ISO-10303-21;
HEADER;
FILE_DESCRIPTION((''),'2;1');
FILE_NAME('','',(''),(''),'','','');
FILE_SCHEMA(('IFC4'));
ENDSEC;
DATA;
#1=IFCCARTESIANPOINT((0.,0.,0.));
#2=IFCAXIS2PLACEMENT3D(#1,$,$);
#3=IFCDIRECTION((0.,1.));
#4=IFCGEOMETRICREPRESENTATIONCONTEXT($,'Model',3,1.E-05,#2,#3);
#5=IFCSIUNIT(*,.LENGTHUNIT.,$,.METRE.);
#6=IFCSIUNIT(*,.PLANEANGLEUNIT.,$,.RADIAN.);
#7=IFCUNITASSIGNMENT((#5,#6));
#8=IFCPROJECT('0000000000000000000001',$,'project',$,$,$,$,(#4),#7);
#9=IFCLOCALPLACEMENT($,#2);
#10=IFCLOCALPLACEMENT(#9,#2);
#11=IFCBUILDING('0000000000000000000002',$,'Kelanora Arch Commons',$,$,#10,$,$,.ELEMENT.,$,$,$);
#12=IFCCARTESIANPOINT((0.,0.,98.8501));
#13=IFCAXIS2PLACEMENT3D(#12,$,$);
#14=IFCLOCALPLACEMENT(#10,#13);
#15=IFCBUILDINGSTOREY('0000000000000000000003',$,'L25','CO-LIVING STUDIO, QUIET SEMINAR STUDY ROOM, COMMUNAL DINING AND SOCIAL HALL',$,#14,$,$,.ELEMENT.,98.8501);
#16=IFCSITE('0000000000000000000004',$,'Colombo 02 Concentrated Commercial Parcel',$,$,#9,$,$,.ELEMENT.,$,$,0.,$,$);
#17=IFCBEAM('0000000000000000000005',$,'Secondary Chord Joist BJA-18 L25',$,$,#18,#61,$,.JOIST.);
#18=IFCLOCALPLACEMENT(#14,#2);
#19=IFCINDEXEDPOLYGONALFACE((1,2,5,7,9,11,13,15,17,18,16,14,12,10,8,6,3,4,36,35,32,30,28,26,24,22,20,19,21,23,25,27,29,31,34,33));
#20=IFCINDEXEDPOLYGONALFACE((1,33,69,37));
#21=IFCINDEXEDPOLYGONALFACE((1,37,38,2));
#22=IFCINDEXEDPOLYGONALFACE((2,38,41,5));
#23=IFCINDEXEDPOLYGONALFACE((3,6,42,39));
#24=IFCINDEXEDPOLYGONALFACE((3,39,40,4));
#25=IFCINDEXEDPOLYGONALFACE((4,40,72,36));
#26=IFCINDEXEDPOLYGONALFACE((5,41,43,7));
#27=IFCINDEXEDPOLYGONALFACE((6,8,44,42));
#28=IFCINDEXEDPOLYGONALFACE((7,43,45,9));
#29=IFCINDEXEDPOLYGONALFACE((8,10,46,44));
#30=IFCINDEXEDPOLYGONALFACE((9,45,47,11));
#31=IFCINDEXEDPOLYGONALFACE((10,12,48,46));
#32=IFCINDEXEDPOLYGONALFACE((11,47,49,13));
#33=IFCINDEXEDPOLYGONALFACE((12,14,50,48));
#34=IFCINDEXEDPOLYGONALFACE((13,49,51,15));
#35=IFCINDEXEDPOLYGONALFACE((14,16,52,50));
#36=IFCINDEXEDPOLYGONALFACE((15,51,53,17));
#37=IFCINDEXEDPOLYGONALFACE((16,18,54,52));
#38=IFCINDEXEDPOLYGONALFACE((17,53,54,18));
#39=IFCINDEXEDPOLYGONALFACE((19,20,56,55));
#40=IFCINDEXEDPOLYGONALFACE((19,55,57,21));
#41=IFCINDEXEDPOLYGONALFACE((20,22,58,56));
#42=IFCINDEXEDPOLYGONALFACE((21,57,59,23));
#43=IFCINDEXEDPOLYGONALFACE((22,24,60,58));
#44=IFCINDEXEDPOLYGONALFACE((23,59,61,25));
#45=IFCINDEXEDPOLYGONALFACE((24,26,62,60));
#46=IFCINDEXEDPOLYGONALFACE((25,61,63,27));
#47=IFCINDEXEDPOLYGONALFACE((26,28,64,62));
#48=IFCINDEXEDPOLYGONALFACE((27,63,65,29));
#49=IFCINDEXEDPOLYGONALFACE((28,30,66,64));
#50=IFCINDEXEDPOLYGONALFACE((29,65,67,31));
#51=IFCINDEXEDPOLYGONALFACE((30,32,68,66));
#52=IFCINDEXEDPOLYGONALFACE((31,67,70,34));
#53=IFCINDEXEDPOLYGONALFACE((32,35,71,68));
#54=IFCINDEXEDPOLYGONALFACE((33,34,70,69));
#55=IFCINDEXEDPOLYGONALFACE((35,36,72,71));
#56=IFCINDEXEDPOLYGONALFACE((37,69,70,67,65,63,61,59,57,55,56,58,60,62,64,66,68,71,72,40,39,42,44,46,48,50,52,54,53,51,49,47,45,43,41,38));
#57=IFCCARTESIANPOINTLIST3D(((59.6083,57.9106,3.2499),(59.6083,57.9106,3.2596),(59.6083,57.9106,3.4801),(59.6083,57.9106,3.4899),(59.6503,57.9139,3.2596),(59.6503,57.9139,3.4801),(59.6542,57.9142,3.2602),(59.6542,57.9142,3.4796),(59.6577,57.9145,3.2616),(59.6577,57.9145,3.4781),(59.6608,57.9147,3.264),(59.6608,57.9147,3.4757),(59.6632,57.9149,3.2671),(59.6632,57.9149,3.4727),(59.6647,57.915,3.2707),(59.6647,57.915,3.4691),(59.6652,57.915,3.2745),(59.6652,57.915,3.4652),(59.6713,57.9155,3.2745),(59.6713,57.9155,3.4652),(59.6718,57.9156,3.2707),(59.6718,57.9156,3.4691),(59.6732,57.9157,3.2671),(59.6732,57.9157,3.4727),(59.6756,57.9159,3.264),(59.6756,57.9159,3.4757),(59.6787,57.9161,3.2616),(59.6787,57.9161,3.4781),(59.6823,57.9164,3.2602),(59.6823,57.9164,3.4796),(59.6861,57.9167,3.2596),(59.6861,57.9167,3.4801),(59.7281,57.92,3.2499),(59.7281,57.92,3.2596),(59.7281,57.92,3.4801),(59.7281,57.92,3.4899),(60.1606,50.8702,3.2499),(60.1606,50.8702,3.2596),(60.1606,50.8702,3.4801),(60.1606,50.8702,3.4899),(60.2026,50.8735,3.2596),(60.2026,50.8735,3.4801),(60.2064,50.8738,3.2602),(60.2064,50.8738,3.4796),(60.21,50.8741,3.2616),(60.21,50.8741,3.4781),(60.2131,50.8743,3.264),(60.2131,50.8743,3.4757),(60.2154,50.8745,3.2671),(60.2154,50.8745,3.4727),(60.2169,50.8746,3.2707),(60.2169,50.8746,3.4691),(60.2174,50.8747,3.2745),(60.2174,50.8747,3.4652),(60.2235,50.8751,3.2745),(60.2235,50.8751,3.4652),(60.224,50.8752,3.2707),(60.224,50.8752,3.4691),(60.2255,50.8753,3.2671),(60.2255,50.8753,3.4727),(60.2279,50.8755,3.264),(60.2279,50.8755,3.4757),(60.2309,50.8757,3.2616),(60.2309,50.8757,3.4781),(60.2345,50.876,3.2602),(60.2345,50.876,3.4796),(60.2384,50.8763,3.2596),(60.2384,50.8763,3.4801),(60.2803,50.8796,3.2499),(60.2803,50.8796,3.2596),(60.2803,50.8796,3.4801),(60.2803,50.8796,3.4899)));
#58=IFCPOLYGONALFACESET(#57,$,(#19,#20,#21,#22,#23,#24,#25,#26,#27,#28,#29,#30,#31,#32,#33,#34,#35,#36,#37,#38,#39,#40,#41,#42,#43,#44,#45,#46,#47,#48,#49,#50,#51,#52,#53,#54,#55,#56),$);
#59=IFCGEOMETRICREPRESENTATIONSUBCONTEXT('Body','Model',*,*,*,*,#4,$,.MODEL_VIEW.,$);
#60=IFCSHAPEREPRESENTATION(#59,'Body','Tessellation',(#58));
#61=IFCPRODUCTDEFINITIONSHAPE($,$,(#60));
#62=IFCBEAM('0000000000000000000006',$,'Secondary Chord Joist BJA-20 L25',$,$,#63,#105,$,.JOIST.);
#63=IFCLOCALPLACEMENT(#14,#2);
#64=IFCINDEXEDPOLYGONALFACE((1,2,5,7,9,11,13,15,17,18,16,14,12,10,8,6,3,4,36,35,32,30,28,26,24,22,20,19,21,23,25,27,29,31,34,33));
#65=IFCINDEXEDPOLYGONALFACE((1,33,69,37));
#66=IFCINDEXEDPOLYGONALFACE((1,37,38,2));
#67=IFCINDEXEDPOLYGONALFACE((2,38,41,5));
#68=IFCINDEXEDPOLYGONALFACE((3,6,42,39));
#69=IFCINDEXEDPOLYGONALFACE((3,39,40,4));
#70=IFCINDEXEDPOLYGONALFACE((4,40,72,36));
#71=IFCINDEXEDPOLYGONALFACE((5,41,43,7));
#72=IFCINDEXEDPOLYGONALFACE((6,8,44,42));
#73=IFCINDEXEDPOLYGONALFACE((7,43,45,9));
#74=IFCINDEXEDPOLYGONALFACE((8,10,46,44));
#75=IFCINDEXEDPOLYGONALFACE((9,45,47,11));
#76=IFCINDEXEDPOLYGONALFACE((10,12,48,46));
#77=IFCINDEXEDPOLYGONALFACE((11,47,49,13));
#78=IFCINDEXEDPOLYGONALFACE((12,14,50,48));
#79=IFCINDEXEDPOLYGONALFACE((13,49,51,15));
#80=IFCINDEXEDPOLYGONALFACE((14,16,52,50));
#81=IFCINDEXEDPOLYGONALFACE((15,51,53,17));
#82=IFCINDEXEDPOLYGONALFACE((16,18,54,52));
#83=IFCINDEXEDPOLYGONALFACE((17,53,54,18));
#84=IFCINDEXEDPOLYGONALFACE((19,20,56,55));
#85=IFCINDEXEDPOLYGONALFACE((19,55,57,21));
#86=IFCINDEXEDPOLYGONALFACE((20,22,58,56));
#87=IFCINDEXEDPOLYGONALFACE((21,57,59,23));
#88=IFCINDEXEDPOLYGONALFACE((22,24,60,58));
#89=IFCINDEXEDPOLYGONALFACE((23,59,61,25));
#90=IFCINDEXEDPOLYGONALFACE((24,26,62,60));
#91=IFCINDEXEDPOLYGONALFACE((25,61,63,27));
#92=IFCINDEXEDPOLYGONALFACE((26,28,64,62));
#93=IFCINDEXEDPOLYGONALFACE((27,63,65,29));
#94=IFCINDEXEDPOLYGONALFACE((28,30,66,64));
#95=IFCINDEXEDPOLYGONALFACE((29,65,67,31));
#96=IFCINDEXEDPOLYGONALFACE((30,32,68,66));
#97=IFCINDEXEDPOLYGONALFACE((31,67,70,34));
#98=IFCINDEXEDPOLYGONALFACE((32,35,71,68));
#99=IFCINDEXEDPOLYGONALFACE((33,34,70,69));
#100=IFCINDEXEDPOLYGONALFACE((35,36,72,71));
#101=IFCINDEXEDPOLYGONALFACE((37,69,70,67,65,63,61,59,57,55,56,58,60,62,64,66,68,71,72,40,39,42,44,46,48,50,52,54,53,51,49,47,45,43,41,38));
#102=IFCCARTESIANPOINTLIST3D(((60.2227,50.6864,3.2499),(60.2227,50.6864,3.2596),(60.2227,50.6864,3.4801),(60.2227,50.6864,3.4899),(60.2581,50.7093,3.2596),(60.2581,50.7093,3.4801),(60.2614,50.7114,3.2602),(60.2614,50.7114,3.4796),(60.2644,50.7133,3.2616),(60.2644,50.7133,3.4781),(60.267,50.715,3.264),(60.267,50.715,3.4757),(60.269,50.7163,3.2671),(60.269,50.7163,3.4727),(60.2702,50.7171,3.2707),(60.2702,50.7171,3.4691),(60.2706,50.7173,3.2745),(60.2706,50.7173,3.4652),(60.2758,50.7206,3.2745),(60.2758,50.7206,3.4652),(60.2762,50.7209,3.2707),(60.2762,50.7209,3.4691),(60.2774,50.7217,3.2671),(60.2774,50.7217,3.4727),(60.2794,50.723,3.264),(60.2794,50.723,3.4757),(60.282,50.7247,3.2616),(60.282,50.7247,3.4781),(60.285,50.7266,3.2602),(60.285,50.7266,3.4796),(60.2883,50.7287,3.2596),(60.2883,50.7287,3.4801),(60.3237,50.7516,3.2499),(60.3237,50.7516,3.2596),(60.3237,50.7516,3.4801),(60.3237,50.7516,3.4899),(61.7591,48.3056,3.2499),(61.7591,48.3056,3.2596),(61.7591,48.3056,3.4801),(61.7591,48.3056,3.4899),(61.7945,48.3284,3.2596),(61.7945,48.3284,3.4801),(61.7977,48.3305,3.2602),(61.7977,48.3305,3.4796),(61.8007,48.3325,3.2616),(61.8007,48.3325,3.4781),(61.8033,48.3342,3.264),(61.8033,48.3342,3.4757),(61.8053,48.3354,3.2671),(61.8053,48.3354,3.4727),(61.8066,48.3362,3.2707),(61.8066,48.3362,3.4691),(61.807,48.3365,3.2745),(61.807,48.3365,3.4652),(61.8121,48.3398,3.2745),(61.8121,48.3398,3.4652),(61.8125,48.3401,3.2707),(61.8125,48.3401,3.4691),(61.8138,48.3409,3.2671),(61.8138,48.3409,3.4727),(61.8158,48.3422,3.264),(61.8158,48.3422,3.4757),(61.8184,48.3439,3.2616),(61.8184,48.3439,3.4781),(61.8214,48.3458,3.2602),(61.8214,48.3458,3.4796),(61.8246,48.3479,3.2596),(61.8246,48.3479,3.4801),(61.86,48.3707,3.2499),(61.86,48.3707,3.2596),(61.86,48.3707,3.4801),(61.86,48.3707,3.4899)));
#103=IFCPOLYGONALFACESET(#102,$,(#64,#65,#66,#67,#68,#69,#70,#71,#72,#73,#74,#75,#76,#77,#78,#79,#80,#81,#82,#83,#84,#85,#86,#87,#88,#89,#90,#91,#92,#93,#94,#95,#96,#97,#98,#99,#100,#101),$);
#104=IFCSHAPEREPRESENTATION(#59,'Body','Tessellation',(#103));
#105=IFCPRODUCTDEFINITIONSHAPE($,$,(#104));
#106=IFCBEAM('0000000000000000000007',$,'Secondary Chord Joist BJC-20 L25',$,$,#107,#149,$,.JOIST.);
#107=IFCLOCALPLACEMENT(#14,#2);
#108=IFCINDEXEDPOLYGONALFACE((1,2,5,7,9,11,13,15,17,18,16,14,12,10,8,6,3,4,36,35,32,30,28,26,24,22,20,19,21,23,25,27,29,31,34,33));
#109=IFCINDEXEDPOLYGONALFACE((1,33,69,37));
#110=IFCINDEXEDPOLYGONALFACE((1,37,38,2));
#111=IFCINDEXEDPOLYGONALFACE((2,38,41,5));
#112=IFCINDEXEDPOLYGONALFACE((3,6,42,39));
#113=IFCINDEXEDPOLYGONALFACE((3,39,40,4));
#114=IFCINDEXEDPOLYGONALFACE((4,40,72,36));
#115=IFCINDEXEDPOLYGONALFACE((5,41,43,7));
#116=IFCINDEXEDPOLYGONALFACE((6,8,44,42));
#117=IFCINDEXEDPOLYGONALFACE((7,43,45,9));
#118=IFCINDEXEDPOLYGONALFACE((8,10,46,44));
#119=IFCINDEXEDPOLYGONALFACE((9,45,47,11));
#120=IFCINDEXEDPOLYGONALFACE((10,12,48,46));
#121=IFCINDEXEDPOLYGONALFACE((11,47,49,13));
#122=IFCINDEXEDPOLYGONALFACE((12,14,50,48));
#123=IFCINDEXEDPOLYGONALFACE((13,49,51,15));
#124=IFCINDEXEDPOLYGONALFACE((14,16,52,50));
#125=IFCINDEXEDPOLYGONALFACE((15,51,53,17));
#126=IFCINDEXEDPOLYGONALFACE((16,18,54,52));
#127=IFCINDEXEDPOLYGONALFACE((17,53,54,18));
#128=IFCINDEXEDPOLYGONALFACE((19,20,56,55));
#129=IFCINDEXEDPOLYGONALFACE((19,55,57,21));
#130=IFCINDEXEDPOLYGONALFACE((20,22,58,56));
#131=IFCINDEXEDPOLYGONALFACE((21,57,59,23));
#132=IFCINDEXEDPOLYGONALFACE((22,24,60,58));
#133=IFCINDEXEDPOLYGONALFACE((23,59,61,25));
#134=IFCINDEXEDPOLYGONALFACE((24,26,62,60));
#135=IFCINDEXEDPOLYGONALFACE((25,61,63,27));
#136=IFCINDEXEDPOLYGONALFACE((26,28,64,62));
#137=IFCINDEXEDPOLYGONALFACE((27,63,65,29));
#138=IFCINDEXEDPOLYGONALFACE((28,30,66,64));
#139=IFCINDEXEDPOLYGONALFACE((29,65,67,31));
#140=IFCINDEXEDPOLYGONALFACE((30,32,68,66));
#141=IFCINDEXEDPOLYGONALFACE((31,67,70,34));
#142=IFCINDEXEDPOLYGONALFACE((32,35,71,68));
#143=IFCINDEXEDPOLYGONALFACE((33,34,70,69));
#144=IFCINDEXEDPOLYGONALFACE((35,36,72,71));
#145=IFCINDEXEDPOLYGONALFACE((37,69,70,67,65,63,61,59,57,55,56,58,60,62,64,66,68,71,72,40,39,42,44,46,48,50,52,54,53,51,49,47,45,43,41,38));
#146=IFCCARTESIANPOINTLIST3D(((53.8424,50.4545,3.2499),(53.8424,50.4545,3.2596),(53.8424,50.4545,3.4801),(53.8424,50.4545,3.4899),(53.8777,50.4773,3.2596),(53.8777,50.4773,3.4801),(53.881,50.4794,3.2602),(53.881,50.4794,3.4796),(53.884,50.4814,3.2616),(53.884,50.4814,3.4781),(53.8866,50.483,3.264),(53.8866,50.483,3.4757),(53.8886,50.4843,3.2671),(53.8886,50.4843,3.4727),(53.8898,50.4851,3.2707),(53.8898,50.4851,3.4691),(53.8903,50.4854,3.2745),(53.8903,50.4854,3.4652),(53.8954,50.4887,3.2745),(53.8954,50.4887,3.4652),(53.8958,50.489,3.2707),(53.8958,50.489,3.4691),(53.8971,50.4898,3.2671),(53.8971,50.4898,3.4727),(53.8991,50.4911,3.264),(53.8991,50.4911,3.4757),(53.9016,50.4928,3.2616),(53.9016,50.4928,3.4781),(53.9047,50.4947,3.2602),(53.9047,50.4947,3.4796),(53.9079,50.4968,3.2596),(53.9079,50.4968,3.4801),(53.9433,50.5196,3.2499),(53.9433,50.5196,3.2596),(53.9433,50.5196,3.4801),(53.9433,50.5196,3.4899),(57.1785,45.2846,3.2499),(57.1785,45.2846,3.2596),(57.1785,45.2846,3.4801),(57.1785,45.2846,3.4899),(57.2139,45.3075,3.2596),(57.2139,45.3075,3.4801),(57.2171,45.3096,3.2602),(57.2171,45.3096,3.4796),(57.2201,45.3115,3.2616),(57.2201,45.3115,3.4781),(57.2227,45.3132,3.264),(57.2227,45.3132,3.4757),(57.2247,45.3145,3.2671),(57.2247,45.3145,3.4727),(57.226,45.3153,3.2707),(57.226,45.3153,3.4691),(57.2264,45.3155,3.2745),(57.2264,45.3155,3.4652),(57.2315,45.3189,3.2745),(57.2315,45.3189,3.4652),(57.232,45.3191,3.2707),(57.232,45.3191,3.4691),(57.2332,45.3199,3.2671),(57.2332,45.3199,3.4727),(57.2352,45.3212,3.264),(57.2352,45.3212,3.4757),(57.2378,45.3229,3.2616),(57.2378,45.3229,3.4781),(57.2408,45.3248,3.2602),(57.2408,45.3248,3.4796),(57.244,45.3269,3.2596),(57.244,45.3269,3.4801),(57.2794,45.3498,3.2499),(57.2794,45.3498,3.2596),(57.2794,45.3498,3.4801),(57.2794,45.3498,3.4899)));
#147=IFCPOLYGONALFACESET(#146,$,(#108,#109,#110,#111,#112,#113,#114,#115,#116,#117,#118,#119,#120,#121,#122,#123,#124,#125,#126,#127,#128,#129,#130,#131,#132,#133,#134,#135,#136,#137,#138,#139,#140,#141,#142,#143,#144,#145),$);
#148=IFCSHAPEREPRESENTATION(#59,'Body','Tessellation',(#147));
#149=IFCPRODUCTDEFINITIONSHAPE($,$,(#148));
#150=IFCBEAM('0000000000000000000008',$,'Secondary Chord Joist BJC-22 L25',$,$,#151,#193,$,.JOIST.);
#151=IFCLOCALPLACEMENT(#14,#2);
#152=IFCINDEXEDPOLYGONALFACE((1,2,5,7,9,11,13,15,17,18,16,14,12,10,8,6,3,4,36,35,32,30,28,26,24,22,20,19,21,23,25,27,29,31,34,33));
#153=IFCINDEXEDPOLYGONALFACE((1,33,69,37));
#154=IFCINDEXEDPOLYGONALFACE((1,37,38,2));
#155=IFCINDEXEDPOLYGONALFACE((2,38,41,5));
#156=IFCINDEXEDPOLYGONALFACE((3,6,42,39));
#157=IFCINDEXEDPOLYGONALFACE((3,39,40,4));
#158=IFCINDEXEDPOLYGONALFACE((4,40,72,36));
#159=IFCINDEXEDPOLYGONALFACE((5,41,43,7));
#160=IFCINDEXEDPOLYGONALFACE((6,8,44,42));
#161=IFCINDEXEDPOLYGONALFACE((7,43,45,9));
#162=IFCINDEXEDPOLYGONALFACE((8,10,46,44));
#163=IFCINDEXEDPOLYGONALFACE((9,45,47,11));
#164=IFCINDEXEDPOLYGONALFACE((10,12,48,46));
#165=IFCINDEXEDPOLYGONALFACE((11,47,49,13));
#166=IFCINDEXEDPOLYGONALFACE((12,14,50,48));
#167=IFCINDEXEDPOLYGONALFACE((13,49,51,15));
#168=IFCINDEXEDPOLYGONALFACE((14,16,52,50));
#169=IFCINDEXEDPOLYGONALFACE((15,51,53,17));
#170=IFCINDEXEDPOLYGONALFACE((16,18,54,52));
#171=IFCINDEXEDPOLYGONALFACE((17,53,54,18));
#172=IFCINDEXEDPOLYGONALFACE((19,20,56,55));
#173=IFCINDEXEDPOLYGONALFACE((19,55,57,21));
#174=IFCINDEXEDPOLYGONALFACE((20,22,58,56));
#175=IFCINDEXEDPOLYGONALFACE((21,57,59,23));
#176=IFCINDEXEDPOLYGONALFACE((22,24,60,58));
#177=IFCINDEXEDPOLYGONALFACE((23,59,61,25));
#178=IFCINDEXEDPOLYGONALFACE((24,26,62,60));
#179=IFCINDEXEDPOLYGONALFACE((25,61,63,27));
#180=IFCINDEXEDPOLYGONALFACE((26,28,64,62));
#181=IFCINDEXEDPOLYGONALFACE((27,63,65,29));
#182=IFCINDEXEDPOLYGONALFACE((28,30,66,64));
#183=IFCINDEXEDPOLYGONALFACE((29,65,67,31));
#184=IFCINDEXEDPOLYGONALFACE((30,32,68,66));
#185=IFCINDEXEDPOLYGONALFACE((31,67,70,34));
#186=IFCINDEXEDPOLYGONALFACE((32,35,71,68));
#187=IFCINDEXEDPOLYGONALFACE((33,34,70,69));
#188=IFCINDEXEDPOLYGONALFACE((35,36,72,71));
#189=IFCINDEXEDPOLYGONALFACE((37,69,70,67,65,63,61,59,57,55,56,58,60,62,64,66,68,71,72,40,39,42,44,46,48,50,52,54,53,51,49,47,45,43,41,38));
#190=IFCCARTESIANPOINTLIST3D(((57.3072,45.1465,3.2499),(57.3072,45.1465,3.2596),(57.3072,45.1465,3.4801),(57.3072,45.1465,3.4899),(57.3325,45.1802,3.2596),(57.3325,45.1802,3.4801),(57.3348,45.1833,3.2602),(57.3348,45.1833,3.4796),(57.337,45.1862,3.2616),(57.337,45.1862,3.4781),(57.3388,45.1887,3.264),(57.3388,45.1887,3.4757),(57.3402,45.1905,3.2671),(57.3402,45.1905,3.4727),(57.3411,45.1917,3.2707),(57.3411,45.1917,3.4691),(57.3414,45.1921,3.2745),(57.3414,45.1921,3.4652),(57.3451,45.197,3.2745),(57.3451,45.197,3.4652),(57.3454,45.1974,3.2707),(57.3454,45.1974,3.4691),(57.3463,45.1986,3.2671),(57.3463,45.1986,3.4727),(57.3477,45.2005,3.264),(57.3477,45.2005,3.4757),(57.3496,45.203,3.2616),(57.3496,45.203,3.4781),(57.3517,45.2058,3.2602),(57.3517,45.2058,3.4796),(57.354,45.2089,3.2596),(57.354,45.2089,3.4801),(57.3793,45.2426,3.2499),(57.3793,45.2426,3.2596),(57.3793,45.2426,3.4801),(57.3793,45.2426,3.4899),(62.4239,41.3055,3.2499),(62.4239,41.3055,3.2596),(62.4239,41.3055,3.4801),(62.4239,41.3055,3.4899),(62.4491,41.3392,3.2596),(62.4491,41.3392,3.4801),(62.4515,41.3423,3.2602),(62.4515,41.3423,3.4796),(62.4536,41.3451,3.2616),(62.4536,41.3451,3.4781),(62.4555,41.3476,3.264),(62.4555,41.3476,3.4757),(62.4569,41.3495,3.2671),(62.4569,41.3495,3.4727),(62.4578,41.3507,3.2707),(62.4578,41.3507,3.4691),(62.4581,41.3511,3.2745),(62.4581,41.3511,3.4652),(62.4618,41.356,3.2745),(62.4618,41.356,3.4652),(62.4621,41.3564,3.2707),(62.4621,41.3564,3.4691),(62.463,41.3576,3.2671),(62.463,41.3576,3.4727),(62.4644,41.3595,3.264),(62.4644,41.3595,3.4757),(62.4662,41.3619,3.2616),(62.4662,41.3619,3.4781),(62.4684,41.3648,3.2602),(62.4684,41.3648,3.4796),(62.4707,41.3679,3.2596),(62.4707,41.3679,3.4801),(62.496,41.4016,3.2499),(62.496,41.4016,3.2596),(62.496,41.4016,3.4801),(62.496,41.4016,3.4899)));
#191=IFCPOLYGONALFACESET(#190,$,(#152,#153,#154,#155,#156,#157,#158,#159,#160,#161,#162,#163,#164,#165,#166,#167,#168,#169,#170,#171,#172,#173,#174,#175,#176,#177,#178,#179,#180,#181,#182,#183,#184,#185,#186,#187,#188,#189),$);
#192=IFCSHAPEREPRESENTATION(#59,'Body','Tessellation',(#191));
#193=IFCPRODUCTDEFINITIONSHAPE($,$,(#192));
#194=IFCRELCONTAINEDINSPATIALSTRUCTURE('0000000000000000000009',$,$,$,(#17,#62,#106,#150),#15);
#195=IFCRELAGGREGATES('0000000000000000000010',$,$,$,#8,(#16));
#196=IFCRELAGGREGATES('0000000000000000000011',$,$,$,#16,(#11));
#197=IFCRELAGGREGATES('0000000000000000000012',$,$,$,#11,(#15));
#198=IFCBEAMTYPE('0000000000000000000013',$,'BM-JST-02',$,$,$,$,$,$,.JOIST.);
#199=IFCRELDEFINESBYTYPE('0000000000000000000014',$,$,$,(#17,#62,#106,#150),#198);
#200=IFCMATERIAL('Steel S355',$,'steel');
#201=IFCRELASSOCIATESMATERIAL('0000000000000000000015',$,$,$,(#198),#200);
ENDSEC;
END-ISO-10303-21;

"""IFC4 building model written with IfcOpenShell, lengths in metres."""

from ifc_helpers import new_model, si_unit, direction, frame, origin, origin_2d, place, context, subcontext, project, spatial, i_section, extrude, material, material_profile, profile_set, type_object, element, save


model = new_model("IFC4")

# Units and contexts
model_context = context("Model", 3, precision=1e-05, world=origin(), true_north=direction((0.0, 1.0)))
body_context = subcontext(model_context, "Body", "Model", "MODEL_VIEW")
ifc_project = project(units=[si_unit("LENGTHUNIT", "METRE"), si_unit("PLANEANGLEUNIT", "RADIAN")], contexts=[model_context])

# Site, building, storey
site_placement = place(None, origin())
site = spatial("IfcSite", under=ifc_project, at=site_placement, Name="Colombo 02 Concentrated Commercial Parcel", CompositionType="ELEMENT", RefElevation=0.0)
building_placement = place(site_placement, origin())
building = spatial("IfcBuilding", under=site, at=building_placement, Name="Kelanora Arch Commons", CompositionType="ELEMENT")
storey_placement = place(building_placement, frame((0.0, 0.0, 98.8501)))
storey = spatial("IfcBuildingStorey", under=building, at=storey_placement, Name="L25", Description="CO-LIVING STUDIO, QUIET SEMINAR STUDY ROOM, COMMUNAL DINING AND SOCIAL HALL", CompositionType="ELEMENT", Elevation=98.8501)

# Beams
ifc_material_1 = material(Name="Steel S355", Category="steel")
ifc_material_profile_1 = material_profile(ifc_material_1, i_section(OverallWidth=0.1201, OverallDepth=0.24, WebThickness=0.0061, FlangeThickness=0.0098, FilletRadius=0.0149, at=origin_2d()), Name="IPE240")
ifc_profile_set_1 = profile_set([ifc_material_profile_1], Name="Steel S355")
beam_type_1 = type_object("IfcBeamType", Name="BM-JST-02", PredefinedType="JOIST", material=ifc_profile_set_1)
beam_1_placement = place(storey_placement, frame((59.6682, 57.9153, 3.3699), z_axis=(0.078201, -0.996938, 0.0), x_axis=(0.996938, 0.078201, 0.0)))
element("IfcBeam", 1, at=beam_1_placement, inside=storey, type_object=beam_type_1, Name="Secondary Chord Joist BJA-18 L25", PredefinedType="JOIST", context=body_context, shape_type="SweptSolid", body=[
    extrude(i_section(OverallWidth=0.1201, OverallDepth=0.24, WebThickness=0.0061, FlangeThickness=0.0098, FilletRadius=0.0149, at=origin_2d()), origin(), (0.0, 0.0, 1.0), 7.062),
])
beam_2_placement = place(storey_placement, frame((60.2732, 50.719, 3.3699), z_axis=(0.542211, -0.840242, 0.0), x_axis=(0.840242, 0.542211, 0.0)))
element("IfcBeam", 2, at=beam_2_placement, inside=storey, type_object=beam_type_1, Name="Secondary Chord Joist BJA-20 L25", PredefinedType="JOIST", context=body_context, shape_type="SweptSolid", body=[
    extrude(i_section(OverallWidth=0.1201, OverallDepth=0.24, WebThickness=0.0061, FlangeThickness=0.0098, FilletRadius=0.0149, at=origin_2d()), origin(), (0.0, 0.0, 1.0), 2.8335),
])
beam_3_placement = place(storey_placement, frame((53.8928, 50.4871, 3.3699), z_axis=(0.542213, -0.840241, 0.0), x_axis=(0.840241, 0.542213, 0.0)))
element("IfcBeam", 3, at=beam_3_placement, inside=storey, type_object=beam_type_1, Name="Secondary Chord Joist BJC-20 L25", PredefinedType="JOIST", context=body_context, shape_type="SweptSolid", body=[
    extrude(i_section(OverallWidth=0.1201, OverallDepth=0.24, WebThickness=0.0061, FlangeThickness=0.0098, FilletRadius=0.0149, at=origin_2d()), origin(), (0.0, 0.0, 1.0), 6.1528),
])
beam_4_placement = place(storey_placement, frame((57.3433, 45.1946, 3.3699), z_axis=(0.799734, -0.600354, 0.0), x_axis=(0.600354, 0.799734, 0.0)))
element("IfcBeam", 4, at=beam_4_placement, inside=storey, type_object=beam_type_1, Name="Secondary Chord Joist BJC-22 L25", PredefinedType="JOIST", context=body_context, shape_type="SweptSolid", body=[
    extrude(i_section(OverallWidth=0.1201, OverallDepth=0.24, WebThickness=0.0061, FlangeThickness=0.0098, FilletRadius=0.0149, at=origin_2d()), origin(), (0.0, 0.0, 1.0), 6.3979),
])

save(model, "model.ifc")
